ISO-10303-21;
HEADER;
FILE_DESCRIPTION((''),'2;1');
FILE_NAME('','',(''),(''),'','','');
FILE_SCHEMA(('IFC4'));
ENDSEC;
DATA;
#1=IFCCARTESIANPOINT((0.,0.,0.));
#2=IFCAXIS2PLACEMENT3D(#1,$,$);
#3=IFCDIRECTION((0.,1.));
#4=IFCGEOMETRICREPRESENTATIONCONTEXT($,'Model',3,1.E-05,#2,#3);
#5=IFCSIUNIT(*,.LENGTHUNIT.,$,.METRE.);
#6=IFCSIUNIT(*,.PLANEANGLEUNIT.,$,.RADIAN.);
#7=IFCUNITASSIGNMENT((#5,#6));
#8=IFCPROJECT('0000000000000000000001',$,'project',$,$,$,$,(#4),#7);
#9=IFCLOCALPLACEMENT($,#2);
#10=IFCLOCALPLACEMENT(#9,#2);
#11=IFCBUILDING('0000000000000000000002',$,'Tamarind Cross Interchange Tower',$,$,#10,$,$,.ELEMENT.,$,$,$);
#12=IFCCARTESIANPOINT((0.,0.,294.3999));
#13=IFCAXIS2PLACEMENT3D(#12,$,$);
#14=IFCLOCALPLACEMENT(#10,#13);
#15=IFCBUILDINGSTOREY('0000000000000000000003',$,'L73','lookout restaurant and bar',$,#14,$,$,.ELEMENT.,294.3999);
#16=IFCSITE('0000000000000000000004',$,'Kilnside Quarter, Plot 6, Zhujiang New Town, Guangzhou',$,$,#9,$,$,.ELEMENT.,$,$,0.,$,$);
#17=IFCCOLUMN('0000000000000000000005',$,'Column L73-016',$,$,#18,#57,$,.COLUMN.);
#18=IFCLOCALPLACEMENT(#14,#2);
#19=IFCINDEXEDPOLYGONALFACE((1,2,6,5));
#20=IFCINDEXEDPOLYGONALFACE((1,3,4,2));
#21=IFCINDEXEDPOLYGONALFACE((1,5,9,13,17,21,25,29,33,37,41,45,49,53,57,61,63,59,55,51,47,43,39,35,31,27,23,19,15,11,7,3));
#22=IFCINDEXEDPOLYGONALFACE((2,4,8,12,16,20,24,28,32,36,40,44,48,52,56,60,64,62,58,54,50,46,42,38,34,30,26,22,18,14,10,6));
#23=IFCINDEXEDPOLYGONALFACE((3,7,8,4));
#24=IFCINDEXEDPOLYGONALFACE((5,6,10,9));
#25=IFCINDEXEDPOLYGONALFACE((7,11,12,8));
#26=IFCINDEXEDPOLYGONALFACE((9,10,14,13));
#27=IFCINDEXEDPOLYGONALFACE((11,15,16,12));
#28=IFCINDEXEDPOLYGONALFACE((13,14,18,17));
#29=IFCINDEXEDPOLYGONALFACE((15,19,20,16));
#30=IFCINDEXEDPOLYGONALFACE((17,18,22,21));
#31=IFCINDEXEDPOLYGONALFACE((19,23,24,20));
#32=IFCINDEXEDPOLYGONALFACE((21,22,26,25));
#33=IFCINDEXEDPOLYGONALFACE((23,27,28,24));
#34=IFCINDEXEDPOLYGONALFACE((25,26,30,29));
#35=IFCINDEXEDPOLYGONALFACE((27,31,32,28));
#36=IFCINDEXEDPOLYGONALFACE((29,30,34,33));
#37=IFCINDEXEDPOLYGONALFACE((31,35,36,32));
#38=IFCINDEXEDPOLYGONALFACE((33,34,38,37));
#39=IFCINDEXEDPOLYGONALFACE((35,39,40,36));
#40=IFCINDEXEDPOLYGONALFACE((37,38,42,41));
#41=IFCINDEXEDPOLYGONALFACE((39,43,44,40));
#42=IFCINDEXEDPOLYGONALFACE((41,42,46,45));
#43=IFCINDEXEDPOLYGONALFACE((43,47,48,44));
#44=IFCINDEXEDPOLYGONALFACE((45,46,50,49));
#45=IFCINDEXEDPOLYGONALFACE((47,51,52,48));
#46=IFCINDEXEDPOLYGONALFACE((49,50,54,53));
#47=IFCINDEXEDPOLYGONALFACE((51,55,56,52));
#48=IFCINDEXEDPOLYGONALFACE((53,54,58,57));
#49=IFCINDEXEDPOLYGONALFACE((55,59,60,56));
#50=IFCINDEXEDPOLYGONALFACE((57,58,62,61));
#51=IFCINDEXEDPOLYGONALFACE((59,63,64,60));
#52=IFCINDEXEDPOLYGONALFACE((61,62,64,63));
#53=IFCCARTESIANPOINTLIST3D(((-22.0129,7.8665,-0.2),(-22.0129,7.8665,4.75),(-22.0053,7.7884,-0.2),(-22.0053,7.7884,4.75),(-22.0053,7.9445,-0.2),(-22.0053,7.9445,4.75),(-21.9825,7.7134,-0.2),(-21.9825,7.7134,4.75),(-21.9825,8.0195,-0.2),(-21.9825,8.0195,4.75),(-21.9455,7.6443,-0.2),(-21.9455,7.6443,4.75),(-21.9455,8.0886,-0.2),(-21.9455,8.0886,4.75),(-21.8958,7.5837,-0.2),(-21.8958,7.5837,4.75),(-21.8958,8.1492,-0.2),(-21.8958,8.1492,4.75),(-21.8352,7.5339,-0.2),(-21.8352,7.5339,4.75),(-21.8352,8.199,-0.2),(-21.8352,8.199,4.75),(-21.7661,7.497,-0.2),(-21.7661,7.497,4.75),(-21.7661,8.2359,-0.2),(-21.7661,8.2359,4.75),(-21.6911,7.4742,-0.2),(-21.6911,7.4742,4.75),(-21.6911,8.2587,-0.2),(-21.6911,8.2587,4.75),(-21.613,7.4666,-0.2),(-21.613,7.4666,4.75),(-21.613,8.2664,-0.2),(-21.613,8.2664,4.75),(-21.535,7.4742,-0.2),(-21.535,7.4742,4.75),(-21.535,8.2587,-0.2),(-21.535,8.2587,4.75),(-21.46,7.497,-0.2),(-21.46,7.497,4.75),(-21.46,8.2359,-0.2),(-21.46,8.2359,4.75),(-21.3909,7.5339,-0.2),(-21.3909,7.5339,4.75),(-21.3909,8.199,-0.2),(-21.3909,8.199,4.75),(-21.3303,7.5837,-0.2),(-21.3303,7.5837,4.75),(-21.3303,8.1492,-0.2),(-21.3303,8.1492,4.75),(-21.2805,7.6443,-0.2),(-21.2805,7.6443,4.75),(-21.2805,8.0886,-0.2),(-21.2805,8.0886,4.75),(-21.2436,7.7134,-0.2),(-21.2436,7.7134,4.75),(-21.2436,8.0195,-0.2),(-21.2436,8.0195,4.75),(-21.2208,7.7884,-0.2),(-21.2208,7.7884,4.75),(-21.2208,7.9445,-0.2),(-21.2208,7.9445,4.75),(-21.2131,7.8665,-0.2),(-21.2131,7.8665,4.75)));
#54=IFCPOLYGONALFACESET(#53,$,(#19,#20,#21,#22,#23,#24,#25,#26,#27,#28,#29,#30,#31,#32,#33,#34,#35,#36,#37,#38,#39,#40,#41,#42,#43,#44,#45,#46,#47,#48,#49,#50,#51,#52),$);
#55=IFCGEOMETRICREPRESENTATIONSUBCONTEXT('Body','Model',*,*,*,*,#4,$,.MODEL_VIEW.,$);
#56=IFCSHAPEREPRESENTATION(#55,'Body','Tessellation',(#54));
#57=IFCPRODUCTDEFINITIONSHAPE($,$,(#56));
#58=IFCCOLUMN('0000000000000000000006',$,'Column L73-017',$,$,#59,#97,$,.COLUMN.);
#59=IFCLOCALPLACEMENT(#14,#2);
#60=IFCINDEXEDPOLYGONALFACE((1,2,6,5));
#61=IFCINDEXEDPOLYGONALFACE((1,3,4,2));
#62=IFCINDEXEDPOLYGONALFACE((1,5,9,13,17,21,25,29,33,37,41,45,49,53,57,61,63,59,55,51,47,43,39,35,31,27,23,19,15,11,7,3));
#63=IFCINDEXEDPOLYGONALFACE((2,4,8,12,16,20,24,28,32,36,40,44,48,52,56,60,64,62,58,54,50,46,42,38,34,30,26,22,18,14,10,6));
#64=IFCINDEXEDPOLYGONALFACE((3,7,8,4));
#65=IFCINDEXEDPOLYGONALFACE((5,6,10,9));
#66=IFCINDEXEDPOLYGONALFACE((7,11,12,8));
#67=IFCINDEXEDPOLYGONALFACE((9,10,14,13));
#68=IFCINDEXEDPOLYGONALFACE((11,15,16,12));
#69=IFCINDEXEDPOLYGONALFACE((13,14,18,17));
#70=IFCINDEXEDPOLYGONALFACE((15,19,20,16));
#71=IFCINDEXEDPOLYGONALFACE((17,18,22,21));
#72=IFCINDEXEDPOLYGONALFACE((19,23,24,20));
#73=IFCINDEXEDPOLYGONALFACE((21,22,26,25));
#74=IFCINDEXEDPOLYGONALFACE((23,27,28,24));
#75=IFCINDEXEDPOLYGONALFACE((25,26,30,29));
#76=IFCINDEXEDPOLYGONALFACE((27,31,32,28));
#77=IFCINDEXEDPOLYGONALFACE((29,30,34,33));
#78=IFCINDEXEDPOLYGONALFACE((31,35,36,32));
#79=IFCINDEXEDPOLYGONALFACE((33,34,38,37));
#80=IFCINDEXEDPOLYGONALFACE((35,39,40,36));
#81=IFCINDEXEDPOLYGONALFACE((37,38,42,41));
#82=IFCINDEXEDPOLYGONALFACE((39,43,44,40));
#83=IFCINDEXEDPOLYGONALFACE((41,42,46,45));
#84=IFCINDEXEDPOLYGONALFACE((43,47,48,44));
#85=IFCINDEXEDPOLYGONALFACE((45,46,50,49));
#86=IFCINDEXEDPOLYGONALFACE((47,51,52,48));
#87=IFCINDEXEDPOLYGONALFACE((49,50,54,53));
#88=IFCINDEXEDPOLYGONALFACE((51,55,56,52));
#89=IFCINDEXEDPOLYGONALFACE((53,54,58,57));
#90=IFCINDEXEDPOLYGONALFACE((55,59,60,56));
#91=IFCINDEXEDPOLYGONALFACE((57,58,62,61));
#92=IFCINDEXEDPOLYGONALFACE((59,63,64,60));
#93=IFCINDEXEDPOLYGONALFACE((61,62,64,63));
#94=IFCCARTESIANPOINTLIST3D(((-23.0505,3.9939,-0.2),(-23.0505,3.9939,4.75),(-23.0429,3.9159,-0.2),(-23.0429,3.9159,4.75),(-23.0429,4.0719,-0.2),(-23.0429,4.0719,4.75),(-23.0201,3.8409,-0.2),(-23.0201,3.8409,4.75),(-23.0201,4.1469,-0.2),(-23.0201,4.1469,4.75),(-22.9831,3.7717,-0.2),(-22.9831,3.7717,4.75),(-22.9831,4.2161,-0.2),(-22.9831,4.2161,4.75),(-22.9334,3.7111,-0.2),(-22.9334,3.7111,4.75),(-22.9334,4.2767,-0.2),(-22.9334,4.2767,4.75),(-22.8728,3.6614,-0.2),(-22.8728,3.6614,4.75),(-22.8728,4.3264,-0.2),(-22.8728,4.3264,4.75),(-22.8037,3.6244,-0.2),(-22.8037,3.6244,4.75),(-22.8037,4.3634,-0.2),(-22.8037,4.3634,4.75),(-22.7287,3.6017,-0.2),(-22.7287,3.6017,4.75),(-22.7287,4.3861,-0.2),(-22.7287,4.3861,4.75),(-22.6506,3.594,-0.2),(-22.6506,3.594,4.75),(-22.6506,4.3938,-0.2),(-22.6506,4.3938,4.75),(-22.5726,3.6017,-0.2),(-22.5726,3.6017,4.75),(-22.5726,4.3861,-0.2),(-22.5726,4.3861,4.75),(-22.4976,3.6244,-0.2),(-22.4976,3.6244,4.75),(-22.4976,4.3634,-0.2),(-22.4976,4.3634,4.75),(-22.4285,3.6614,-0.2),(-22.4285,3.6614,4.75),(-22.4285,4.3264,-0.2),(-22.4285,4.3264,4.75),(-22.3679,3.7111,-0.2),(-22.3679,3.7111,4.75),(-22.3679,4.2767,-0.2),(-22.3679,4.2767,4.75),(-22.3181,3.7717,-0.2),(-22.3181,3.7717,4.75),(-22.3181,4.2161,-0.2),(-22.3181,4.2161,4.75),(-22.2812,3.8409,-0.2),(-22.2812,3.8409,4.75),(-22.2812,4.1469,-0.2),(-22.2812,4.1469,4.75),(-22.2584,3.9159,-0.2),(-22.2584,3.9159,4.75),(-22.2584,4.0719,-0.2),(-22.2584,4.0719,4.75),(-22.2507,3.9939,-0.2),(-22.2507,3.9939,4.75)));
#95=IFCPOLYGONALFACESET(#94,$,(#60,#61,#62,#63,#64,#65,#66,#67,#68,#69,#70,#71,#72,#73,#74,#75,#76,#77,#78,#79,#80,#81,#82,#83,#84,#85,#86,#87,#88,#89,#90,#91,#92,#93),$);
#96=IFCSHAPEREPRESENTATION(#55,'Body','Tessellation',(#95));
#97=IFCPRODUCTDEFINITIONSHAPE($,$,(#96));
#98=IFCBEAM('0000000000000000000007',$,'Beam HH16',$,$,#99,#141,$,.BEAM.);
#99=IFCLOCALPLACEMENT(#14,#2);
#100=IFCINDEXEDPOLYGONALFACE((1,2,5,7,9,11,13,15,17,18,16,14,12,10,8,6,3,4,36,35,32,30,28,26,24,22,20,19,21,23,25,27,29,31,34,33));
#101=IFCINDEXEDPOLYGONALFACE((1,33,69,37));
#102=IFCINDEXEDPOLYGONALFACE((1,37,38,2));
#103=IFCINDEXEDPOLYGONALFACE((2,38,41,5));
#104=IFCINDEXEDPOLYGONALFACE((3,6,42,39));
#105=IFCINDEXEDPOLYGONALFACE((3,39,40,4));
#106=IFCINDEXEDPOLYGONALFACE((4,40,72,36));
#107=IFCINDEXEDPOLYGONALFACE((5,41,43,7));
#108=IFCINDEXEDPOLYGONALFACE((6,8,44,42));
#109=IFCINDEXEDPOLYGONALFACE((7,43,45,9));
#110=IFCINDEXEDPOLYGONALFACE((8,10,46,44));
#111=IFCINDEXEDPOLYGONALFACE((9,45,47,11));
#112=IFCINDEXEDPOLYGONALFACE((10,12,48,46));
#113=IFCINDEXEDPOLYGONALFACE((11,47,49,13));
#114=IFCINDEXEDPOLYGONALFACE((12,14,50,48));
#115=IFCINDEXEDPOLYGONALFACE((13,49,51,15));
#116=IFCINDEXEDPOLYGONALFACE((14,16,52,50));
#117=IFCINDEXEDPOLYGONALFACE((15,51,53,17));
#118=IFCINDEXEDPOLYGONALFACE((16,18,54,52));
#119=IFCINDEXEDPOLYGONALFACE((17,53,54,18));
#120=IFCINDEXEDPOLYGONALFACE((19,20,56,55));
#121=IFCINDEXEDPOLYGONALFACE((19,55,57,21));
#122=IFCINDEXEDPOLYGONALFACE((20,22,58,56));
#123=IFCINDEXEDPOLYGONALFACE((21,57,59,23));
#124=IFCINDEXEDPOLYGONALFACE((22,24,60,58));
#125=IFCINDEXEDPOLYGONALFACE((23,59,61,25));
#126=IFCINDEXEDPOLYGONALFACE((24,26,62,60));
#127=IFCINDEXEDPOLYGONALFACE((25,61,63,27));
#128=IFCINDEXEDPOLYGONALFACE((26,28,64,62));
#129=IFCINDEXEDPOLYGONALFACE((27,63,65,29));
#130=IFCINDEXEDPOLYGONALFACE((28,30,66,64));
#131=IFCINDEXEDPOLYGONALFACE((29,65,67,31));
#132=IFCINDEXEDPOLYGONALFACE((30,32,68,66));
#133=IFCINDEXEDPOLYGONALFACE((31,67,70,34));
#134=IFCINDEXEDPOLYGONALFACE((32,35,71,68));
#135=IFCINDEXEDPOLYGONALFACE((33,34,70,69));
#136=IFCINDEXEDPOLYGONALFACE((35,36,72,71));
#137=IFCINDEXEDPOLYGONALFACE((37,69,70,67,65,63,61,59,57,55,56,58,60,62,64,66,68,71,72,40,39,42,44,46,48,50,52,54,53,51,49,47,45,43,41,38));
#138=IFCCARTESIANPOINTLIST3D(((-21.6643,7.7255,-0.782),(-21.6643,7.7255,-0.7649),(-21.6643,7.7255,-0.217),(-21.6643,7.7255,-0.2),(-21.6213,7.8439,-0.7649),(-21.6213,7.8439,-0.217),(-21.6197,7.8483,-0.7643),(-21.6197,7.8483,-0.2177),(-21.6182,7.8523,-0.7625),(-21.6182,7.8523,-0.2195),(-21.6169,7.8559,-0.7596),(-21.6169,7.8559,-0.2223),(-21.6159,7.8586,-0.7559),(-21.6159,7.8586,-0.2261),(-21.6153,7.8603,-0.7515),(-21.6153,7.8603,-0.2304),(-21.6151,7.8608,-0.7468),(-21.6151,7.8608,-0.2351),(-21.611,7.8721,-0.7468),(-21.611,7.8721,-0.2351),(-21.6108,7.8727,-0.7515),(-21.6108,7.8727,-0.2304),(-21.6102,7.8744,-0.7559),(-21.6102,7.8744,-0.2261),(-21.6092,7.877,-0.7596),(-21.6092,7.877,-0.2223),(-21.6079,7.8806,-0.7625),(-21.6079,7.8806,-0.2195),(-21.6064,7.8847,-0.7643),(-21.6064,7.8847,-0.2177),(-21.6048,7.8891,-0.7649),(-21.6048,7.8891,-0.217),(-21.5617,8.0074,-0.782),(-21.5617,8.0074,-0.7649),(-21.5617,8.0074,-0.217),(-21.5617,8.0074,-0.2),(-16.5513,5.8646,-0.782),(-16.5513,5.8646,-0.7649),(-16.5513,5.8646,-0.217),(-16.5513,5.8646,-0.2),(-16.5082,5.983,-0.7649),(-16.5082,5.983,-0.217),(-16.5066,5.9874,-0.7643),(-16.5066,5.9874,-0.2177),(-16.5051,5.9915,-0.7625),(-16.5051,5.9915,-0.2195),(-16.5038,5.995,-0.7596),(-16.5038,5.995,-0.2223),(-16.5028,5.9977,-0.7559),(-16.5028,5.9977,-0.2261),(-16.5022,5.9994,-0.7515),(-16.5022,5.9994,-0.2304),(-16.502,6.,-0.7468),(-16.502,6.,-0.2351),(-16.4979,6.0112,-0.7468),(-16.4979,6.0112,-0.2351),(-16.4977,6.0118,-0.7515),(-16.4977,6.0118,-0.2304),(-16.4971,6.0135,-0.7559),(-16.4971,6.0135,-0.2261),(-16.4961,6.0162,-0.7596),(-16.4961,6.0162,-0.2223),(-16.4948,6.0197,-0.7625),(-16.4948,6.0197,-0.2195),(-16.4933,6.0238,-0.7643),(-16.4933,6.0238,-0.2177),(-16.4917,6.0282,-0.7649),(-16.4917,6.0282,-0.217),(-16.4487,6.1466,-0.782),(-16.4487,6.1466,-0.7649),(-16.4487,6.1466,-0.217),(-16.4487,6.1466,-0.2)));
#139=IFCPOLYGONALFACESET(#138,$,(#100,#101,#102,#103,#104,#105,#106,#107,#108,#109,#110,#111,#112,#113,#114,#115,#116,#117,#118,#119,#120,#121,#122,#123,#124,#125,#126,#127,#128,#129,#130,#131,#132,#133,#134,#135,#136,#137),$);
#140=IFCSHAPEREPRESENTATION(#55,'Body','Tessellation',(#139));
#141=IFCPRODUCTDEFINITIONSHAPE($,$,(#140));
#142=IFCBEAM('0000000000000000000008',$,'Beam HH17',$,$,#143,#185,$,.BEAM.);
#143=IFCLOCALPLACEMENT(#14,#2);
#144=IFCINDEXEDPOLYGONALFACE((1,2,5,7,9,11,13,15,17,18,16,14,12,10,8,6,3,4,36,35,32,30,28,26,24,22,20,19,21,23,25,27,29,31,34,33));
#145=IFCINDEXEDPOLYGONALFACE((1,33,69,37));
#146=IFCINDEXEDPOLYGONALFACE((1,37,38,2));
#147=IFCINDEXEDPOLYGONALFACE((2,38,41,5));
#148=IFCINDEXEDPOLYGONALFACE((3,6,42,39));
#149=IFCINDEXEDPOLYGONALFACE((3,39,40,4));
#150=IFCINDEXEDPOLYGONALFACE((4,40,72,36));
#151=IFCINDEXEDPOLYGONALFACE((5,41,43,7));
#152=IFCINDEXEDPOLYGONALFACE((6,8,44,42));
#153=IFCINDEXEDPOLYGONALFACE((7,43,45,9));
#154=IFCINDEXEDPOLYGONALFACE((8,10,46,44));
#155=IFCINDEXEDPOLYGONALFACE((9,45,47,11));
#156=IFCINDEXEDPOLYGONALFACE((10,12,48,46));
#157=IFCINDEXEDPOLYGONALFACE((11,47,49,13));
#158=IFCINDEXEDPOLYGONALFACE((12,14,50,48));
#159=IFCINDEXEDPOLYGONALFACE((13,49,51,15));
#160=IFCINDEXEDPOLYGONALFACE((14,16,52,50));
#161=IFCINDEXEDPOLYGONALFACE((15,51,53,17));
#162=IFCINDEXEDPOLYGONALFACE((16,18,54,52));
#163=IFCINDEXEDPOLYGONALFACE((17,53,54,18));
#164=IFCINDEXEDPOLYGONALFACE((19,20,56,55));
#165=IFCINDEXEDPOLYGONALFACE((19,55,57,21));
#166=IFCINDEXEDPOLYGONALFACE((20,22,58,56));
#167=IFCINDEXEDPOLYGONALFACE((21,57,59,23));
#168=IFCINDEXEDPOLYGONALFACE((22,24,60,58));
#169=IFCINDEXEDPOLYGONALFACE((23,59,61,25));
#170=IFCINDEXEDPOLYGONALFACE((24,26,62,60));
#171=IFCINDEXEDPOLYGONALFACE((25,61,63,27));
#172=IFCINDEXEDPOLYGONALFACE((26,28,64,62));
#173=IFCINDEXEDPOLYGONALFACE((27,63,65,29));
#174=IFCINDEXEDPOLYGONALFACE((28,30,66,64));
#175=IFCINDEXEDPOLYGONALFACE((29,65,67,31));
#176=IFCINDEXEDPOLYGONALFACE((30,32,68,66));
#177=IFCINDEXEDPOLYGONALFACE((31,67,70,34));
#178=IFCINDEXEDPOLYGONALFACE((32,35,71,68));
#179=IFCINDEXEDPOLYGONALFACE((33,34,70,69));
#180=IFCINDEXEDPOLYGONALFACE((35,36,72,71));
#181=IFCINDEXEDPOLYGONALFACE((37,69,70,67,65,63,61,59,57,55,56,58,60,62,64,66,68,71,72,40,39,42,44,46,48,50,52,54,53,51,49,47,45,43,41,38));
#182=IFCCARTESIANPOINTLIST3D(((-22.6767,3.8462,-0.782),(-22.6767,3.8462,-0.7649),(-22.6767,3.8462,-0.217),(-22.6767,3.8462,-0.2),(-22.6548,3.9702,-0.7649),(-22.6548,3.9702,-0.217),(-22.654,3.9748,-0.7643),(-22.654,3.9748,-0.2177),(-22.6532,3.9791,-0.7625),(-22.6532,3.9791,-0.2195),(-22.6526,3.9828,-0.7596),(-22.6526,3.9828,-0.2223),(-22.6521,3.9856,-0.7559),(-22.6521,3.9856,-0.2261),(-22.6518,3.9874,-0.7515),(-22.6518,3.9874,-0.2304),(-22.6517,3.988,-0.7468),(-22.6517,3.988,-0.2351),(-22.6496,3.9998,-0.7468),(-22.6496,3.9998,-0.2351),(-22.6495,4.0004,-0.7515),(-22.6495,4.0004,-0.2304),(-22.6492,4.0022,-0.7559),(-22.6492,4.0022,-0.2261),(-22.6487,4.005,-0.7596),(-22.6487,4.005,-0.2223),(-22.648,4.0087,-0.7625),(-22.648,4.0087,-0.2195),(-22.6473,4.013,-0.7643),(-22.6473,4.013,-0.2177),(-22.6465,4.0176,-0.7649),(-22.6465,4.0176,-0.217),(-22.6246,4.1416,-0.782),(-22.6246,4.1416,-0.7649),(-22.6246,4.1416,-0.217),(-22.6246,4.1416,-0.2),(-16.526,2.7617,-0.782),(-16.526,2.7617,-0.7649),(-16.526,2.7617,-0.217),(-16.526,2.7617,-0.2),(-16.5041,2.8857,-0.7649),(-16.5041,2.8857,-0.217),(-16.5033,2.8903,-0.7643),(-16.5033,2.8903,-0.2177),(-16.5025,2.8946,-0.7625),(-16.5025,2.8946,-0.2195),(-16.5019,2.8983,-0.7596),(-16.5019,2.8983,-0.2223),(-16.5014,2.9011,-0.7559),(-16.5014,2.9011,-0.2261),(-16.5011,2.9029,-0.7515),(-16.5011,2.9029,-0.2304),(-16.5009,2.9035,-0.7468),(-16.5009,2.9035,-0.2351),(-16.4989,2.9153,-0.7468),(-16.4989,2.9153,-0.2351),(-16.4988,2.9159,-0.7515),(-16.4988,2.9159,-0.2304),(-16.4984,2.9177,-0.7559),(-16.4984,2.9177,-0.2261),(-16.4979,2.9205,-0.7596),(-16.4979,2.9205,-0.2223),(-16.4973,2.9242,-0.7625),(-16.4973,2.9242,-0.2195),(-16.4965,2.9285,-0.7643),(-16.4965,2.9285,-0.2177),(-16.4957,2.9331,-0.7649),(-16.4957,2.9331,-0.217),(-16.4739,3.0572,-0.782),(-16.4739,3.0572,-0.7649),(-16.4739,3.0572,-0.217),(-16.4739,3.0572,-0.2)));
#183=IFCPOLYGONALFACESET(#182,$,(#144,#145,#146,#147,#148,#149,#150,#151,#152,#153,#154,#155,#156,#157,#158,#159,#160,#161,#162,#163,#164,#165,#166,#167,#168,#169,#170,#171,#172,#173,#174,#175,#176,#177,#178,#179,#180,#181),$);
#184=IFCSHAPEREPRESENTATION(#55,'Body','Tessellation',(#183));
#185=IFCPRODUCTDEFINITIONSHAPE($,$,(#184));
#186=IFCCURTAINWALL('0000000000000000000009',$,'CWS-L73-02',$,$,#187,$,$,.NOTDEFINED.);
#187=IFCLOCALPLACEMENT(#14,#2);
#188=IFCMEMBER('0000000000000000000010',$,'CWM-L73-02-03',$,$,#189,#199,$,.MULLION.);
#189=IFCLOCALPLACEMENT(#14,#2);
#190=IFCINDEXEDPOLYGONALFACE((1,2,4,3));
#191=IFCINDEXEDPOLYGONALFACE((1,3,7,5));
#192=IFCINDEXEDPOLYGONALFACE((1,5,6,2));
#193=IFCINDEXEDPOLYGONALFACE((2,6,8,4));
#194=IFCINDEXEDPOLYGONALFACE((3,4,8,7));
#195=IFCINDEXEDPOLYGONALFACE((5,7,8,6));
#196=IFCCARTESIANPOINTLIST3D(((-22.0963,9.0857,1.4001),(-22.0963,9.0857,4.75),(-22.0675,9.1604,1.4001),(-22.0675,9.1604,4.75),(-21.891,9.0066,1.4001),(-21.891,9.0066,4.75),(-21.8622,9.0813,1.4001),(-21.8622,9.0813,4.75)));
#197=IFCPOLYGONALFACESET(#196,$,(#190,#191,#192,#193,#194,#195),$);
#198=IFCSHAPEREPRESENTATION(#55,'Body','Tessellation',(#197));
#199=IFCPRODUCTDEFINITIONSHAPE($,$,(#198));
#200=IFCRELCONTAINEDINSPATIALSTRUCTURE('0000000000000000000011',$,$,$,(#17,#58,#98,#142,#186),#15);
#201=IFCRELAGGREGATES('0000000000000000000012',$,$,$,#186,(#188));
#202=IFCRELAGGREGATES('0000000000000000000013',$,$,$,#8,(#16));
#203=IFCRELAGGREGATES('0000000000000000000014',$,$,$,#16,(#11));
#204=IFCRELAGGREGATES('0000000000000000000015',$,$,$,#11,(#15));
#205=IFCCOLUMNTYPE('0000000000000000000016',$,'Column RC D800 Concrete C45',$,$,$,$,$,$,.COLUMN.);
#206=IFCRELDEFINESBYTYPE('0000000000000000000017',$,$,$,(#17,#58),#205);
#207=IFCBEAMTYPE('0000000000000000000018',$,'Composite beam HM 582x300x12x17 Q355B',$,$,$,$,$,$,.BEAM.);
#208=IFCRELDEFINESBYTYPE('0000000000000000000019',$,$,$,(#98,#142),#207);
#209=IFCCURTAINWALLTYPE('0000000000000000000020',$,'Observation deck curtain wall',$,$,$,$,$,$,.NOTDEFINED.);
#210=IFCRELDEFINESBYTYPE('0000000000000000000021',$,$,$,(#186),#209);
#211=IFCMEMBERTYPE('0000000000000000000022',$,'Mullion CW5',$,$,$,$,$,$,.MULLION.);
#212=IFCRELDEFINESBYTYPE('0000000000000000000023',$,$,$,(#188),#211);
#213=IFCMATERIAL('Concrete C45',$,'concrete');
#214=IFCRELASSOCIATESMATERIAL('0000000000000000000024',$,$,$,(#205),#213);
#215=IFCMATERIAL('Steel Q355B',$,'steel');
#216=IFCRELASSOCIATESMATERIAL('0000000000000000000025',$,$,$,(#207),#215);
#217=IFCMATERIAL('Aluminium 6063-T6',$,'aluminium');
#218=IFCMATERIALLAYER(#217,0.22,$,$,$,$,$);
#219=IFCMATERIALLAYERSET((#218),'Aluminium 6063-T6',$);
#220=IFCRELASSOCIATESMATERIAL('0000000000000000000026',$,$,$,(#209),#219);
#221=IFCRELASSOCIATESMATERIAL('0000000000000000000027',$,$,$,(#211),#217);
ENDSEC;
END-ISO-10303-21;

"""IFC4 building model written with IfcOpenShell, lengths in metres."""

from ifc_helpers import new_model, si_unit, direction, frame, origin, origin_2d, place, context, subcontext, project, spatial, rectangle, circle, i_section, extrude, material, layer, layer_set, material_profile, profile_set, type_object, element, aggregate, save


model = new_model("IFC4")

# Units and contexts
model_context = context("Model", 3, precision=1e-05, world=origin(), true_north=direction((0.0, 1.0)))
body_context = subcontext(model_context, "Body", "Model", "MODEL_VIEW")
ifc_project = project(units=[si_unit("LENGTHUNIT", "METRE"), si_unit("PLANEANGLEUNIT", "RADIAN")], contexts=[model_context])

# Site, building, storey
site_placement = place(None, origin())
site = spatial("IfcSite", under=ifc_project, at=site_placement, Name="Kilnside Quarter, Plot 6, Zhujiang New Town, Guangzhou", CompositionType="ELEMENT", RefElevation=0.0)
building_placement = place(site_placement, origin())
building = spatial("IfcBuilding", under=site, at=building_placement, Name="Tamarind Cross Interchange Tower", CompositionType="ELEMENT")
storey_placement = place(building_placement, frame((0.0, 0.0, 294.3999)))
storey = spatial("IfcBuildingStorey", under=building, at=storey_placement, Name="L73", Description="lookout restaurant and bar", CompositionType="ELEMENT", Elevation=294.3999)

# Columns
ifc_material_1 = material(Name="Concrete C45", Category="concrete")
ifc_material_profile_1 = material_profile(ifc_material_1, circle(Radius=0.3999, at=origin_2d()), Name="RC D800")
ifc_profile_set_1 = profile_set([ifc_material_profile_1], Name="Concrete C45")
column_type = type_object("IfcColumnType", Name="Column RC D800 Concrete C45", PredefinedType="COLUMN", material=ifc_profile_set_1)
for number, where, z_axis, x_axis, name in (
    (1, (-21.613, 7.8665, -0.2), (0.0, 0.0, 1.0), (1.0, 0.0, 0.0), "Column L73-016"),
    (2, (-22.6506, 3.9939, -0.2), (0.0, 0.0, 1.0), (1.0, 0.0, 0.0), "Column L73-017"),
):
    element("IfcColumn", number, at=place(storey_placement, frame(where, z_axis=z_axis, x_axis=x_axis)), inside=storey, type_object=column_type, Name=name, PredefinedType="COLUMN", context=body_context, shape_type="SweptSolid", body=[
        extrude(circle(Radius=0.3999, at=origin_2d()), origin(), (0.0, 0.0, 1.0), 4.95),
    ])

# Beams
ifc_material_2 = material(Name="Steel Q355B", Category="steel")
ifc_material_profile_2 = material_profile(ifc_material_2, i_section(OverallWidth=0.3, OverallDepth=0.582, WebThickness=0.012, FlangeThickness=0.0171, FilletRadius=0.0181, at=origin_2d()), Name="HM 582x300x12x17")
ifc_profile_set_2 = profile_set([ifc_material_profile_2], Name="Steel Q355B")
beam_type = type_object("IfcBeamType", Name="Composite beam HM 582x300x12x17 Q355B", PredefinedType="BEAM", material=ifc_profile_set_2)
beam_1_placement = place(storey_placement, frame((-21.613, 7.8665, -0.491), z_axis=(0.939702, -0.341995, 0.0), x_axis=(0.341995, 0.939702, 0.0)))
element("IfcBeam", 3, at=beam_1_placement, inside=storey, type_object=beam_type, Name="Beam HH16", PredefinedType="BEAM", context=body_context, shape_type="SweptSolid", body=[
    extrude(i_section(OverallWidth=0.3, OverallDepth=0.582, WebThickness=0.012, FlangeThickness=0.0171, FilletRadius=0.0181, at=origin_2d()), origin(), (0.0, 0.0, 1.0), 5.4412),
])
beam_2_placement = place(storey_placement, frame((-22.6506, 3.9939, -0.491), z_axis=(0.984809, -0.17364, 0.0), x_axis=(0.17364, 0.984809, 0.0)))
element("IfcBeam", 4, at=beam_2_placement, inside=storey, type_object=beam_type, Name="Beam HH17", PredefinedType="BEAM", context=body_context, shape_type="SweptSolid", body=[
    extrude(i_section(OverallWidth=0.3, OverallDepth=0.582, WebThickness=0.012, FlangeThickness=0.0171, FilletRadius=0.0181, at=origin_2d()), origin(), (0.0, 0.0, 1.0), 6.2456),
])

# Curtain wall, member
ifc_material_3 = material(Name="Aluminium 6063-T6", Category="aluminium")
ifc_layer_1 = layer(ifc_material_3, 0.22)
ifc_layer_set_1 = layer_set([ifc_layer_1], Name="Aluminium 6063-T6")
curtain_wall_type = type_object("IfcCurtainWallType", Name="Observation deck curtain wall", PredefinedType="NOTDEFINED", material=ifc_layer_set_1)
curtain_wall_placement = place(storey_placement, origin())
curtain_wall = element("IfcCurtainWall", 5, at=curtain_wall_placement, inside=storey, type_object=curtain_wall_type, Name="CWS-L73-02", PredefinedType="NOTDEFINED")
ifc_material_profile_3 = material_profile(ifc_material_3, rectangle(XDim=0.0801, YDim=0.22, at=origin_2d()), Name="Mullion CW5")
ifc_profile_set_3 = profile_set([ifc_material_profile_3], Name="Aluminium 6063-T6")
member_type = type_object("IfcMemberType", Name="Mullion CW5", PredefinedType="MULLION", material=ifc_profile_set_3)
member_1_placement = place(storey_placement, frame((-21.9792, 9.0835, 1.4001), z_axis=(0.0, 0.0, 1.0), x_axis=(-0.359495, -0.933147, 0.0)))
member_1 = element("IfcMember", 6, at=member_1_placement, type_object=member_type, Name="CWM-L73-02-03", PredefinedType="MULLION", context=body_context, shape_type="SweptSolid", body=[
    extrude(rectangle(XDim=0.0801, YDim=0.22, at=origin_2d()), origin(), (0.0, 0.0, 1.0), 3.3499),
])
aggregate(curtain_wall, [member_1])

save(model, "model.ifc")
